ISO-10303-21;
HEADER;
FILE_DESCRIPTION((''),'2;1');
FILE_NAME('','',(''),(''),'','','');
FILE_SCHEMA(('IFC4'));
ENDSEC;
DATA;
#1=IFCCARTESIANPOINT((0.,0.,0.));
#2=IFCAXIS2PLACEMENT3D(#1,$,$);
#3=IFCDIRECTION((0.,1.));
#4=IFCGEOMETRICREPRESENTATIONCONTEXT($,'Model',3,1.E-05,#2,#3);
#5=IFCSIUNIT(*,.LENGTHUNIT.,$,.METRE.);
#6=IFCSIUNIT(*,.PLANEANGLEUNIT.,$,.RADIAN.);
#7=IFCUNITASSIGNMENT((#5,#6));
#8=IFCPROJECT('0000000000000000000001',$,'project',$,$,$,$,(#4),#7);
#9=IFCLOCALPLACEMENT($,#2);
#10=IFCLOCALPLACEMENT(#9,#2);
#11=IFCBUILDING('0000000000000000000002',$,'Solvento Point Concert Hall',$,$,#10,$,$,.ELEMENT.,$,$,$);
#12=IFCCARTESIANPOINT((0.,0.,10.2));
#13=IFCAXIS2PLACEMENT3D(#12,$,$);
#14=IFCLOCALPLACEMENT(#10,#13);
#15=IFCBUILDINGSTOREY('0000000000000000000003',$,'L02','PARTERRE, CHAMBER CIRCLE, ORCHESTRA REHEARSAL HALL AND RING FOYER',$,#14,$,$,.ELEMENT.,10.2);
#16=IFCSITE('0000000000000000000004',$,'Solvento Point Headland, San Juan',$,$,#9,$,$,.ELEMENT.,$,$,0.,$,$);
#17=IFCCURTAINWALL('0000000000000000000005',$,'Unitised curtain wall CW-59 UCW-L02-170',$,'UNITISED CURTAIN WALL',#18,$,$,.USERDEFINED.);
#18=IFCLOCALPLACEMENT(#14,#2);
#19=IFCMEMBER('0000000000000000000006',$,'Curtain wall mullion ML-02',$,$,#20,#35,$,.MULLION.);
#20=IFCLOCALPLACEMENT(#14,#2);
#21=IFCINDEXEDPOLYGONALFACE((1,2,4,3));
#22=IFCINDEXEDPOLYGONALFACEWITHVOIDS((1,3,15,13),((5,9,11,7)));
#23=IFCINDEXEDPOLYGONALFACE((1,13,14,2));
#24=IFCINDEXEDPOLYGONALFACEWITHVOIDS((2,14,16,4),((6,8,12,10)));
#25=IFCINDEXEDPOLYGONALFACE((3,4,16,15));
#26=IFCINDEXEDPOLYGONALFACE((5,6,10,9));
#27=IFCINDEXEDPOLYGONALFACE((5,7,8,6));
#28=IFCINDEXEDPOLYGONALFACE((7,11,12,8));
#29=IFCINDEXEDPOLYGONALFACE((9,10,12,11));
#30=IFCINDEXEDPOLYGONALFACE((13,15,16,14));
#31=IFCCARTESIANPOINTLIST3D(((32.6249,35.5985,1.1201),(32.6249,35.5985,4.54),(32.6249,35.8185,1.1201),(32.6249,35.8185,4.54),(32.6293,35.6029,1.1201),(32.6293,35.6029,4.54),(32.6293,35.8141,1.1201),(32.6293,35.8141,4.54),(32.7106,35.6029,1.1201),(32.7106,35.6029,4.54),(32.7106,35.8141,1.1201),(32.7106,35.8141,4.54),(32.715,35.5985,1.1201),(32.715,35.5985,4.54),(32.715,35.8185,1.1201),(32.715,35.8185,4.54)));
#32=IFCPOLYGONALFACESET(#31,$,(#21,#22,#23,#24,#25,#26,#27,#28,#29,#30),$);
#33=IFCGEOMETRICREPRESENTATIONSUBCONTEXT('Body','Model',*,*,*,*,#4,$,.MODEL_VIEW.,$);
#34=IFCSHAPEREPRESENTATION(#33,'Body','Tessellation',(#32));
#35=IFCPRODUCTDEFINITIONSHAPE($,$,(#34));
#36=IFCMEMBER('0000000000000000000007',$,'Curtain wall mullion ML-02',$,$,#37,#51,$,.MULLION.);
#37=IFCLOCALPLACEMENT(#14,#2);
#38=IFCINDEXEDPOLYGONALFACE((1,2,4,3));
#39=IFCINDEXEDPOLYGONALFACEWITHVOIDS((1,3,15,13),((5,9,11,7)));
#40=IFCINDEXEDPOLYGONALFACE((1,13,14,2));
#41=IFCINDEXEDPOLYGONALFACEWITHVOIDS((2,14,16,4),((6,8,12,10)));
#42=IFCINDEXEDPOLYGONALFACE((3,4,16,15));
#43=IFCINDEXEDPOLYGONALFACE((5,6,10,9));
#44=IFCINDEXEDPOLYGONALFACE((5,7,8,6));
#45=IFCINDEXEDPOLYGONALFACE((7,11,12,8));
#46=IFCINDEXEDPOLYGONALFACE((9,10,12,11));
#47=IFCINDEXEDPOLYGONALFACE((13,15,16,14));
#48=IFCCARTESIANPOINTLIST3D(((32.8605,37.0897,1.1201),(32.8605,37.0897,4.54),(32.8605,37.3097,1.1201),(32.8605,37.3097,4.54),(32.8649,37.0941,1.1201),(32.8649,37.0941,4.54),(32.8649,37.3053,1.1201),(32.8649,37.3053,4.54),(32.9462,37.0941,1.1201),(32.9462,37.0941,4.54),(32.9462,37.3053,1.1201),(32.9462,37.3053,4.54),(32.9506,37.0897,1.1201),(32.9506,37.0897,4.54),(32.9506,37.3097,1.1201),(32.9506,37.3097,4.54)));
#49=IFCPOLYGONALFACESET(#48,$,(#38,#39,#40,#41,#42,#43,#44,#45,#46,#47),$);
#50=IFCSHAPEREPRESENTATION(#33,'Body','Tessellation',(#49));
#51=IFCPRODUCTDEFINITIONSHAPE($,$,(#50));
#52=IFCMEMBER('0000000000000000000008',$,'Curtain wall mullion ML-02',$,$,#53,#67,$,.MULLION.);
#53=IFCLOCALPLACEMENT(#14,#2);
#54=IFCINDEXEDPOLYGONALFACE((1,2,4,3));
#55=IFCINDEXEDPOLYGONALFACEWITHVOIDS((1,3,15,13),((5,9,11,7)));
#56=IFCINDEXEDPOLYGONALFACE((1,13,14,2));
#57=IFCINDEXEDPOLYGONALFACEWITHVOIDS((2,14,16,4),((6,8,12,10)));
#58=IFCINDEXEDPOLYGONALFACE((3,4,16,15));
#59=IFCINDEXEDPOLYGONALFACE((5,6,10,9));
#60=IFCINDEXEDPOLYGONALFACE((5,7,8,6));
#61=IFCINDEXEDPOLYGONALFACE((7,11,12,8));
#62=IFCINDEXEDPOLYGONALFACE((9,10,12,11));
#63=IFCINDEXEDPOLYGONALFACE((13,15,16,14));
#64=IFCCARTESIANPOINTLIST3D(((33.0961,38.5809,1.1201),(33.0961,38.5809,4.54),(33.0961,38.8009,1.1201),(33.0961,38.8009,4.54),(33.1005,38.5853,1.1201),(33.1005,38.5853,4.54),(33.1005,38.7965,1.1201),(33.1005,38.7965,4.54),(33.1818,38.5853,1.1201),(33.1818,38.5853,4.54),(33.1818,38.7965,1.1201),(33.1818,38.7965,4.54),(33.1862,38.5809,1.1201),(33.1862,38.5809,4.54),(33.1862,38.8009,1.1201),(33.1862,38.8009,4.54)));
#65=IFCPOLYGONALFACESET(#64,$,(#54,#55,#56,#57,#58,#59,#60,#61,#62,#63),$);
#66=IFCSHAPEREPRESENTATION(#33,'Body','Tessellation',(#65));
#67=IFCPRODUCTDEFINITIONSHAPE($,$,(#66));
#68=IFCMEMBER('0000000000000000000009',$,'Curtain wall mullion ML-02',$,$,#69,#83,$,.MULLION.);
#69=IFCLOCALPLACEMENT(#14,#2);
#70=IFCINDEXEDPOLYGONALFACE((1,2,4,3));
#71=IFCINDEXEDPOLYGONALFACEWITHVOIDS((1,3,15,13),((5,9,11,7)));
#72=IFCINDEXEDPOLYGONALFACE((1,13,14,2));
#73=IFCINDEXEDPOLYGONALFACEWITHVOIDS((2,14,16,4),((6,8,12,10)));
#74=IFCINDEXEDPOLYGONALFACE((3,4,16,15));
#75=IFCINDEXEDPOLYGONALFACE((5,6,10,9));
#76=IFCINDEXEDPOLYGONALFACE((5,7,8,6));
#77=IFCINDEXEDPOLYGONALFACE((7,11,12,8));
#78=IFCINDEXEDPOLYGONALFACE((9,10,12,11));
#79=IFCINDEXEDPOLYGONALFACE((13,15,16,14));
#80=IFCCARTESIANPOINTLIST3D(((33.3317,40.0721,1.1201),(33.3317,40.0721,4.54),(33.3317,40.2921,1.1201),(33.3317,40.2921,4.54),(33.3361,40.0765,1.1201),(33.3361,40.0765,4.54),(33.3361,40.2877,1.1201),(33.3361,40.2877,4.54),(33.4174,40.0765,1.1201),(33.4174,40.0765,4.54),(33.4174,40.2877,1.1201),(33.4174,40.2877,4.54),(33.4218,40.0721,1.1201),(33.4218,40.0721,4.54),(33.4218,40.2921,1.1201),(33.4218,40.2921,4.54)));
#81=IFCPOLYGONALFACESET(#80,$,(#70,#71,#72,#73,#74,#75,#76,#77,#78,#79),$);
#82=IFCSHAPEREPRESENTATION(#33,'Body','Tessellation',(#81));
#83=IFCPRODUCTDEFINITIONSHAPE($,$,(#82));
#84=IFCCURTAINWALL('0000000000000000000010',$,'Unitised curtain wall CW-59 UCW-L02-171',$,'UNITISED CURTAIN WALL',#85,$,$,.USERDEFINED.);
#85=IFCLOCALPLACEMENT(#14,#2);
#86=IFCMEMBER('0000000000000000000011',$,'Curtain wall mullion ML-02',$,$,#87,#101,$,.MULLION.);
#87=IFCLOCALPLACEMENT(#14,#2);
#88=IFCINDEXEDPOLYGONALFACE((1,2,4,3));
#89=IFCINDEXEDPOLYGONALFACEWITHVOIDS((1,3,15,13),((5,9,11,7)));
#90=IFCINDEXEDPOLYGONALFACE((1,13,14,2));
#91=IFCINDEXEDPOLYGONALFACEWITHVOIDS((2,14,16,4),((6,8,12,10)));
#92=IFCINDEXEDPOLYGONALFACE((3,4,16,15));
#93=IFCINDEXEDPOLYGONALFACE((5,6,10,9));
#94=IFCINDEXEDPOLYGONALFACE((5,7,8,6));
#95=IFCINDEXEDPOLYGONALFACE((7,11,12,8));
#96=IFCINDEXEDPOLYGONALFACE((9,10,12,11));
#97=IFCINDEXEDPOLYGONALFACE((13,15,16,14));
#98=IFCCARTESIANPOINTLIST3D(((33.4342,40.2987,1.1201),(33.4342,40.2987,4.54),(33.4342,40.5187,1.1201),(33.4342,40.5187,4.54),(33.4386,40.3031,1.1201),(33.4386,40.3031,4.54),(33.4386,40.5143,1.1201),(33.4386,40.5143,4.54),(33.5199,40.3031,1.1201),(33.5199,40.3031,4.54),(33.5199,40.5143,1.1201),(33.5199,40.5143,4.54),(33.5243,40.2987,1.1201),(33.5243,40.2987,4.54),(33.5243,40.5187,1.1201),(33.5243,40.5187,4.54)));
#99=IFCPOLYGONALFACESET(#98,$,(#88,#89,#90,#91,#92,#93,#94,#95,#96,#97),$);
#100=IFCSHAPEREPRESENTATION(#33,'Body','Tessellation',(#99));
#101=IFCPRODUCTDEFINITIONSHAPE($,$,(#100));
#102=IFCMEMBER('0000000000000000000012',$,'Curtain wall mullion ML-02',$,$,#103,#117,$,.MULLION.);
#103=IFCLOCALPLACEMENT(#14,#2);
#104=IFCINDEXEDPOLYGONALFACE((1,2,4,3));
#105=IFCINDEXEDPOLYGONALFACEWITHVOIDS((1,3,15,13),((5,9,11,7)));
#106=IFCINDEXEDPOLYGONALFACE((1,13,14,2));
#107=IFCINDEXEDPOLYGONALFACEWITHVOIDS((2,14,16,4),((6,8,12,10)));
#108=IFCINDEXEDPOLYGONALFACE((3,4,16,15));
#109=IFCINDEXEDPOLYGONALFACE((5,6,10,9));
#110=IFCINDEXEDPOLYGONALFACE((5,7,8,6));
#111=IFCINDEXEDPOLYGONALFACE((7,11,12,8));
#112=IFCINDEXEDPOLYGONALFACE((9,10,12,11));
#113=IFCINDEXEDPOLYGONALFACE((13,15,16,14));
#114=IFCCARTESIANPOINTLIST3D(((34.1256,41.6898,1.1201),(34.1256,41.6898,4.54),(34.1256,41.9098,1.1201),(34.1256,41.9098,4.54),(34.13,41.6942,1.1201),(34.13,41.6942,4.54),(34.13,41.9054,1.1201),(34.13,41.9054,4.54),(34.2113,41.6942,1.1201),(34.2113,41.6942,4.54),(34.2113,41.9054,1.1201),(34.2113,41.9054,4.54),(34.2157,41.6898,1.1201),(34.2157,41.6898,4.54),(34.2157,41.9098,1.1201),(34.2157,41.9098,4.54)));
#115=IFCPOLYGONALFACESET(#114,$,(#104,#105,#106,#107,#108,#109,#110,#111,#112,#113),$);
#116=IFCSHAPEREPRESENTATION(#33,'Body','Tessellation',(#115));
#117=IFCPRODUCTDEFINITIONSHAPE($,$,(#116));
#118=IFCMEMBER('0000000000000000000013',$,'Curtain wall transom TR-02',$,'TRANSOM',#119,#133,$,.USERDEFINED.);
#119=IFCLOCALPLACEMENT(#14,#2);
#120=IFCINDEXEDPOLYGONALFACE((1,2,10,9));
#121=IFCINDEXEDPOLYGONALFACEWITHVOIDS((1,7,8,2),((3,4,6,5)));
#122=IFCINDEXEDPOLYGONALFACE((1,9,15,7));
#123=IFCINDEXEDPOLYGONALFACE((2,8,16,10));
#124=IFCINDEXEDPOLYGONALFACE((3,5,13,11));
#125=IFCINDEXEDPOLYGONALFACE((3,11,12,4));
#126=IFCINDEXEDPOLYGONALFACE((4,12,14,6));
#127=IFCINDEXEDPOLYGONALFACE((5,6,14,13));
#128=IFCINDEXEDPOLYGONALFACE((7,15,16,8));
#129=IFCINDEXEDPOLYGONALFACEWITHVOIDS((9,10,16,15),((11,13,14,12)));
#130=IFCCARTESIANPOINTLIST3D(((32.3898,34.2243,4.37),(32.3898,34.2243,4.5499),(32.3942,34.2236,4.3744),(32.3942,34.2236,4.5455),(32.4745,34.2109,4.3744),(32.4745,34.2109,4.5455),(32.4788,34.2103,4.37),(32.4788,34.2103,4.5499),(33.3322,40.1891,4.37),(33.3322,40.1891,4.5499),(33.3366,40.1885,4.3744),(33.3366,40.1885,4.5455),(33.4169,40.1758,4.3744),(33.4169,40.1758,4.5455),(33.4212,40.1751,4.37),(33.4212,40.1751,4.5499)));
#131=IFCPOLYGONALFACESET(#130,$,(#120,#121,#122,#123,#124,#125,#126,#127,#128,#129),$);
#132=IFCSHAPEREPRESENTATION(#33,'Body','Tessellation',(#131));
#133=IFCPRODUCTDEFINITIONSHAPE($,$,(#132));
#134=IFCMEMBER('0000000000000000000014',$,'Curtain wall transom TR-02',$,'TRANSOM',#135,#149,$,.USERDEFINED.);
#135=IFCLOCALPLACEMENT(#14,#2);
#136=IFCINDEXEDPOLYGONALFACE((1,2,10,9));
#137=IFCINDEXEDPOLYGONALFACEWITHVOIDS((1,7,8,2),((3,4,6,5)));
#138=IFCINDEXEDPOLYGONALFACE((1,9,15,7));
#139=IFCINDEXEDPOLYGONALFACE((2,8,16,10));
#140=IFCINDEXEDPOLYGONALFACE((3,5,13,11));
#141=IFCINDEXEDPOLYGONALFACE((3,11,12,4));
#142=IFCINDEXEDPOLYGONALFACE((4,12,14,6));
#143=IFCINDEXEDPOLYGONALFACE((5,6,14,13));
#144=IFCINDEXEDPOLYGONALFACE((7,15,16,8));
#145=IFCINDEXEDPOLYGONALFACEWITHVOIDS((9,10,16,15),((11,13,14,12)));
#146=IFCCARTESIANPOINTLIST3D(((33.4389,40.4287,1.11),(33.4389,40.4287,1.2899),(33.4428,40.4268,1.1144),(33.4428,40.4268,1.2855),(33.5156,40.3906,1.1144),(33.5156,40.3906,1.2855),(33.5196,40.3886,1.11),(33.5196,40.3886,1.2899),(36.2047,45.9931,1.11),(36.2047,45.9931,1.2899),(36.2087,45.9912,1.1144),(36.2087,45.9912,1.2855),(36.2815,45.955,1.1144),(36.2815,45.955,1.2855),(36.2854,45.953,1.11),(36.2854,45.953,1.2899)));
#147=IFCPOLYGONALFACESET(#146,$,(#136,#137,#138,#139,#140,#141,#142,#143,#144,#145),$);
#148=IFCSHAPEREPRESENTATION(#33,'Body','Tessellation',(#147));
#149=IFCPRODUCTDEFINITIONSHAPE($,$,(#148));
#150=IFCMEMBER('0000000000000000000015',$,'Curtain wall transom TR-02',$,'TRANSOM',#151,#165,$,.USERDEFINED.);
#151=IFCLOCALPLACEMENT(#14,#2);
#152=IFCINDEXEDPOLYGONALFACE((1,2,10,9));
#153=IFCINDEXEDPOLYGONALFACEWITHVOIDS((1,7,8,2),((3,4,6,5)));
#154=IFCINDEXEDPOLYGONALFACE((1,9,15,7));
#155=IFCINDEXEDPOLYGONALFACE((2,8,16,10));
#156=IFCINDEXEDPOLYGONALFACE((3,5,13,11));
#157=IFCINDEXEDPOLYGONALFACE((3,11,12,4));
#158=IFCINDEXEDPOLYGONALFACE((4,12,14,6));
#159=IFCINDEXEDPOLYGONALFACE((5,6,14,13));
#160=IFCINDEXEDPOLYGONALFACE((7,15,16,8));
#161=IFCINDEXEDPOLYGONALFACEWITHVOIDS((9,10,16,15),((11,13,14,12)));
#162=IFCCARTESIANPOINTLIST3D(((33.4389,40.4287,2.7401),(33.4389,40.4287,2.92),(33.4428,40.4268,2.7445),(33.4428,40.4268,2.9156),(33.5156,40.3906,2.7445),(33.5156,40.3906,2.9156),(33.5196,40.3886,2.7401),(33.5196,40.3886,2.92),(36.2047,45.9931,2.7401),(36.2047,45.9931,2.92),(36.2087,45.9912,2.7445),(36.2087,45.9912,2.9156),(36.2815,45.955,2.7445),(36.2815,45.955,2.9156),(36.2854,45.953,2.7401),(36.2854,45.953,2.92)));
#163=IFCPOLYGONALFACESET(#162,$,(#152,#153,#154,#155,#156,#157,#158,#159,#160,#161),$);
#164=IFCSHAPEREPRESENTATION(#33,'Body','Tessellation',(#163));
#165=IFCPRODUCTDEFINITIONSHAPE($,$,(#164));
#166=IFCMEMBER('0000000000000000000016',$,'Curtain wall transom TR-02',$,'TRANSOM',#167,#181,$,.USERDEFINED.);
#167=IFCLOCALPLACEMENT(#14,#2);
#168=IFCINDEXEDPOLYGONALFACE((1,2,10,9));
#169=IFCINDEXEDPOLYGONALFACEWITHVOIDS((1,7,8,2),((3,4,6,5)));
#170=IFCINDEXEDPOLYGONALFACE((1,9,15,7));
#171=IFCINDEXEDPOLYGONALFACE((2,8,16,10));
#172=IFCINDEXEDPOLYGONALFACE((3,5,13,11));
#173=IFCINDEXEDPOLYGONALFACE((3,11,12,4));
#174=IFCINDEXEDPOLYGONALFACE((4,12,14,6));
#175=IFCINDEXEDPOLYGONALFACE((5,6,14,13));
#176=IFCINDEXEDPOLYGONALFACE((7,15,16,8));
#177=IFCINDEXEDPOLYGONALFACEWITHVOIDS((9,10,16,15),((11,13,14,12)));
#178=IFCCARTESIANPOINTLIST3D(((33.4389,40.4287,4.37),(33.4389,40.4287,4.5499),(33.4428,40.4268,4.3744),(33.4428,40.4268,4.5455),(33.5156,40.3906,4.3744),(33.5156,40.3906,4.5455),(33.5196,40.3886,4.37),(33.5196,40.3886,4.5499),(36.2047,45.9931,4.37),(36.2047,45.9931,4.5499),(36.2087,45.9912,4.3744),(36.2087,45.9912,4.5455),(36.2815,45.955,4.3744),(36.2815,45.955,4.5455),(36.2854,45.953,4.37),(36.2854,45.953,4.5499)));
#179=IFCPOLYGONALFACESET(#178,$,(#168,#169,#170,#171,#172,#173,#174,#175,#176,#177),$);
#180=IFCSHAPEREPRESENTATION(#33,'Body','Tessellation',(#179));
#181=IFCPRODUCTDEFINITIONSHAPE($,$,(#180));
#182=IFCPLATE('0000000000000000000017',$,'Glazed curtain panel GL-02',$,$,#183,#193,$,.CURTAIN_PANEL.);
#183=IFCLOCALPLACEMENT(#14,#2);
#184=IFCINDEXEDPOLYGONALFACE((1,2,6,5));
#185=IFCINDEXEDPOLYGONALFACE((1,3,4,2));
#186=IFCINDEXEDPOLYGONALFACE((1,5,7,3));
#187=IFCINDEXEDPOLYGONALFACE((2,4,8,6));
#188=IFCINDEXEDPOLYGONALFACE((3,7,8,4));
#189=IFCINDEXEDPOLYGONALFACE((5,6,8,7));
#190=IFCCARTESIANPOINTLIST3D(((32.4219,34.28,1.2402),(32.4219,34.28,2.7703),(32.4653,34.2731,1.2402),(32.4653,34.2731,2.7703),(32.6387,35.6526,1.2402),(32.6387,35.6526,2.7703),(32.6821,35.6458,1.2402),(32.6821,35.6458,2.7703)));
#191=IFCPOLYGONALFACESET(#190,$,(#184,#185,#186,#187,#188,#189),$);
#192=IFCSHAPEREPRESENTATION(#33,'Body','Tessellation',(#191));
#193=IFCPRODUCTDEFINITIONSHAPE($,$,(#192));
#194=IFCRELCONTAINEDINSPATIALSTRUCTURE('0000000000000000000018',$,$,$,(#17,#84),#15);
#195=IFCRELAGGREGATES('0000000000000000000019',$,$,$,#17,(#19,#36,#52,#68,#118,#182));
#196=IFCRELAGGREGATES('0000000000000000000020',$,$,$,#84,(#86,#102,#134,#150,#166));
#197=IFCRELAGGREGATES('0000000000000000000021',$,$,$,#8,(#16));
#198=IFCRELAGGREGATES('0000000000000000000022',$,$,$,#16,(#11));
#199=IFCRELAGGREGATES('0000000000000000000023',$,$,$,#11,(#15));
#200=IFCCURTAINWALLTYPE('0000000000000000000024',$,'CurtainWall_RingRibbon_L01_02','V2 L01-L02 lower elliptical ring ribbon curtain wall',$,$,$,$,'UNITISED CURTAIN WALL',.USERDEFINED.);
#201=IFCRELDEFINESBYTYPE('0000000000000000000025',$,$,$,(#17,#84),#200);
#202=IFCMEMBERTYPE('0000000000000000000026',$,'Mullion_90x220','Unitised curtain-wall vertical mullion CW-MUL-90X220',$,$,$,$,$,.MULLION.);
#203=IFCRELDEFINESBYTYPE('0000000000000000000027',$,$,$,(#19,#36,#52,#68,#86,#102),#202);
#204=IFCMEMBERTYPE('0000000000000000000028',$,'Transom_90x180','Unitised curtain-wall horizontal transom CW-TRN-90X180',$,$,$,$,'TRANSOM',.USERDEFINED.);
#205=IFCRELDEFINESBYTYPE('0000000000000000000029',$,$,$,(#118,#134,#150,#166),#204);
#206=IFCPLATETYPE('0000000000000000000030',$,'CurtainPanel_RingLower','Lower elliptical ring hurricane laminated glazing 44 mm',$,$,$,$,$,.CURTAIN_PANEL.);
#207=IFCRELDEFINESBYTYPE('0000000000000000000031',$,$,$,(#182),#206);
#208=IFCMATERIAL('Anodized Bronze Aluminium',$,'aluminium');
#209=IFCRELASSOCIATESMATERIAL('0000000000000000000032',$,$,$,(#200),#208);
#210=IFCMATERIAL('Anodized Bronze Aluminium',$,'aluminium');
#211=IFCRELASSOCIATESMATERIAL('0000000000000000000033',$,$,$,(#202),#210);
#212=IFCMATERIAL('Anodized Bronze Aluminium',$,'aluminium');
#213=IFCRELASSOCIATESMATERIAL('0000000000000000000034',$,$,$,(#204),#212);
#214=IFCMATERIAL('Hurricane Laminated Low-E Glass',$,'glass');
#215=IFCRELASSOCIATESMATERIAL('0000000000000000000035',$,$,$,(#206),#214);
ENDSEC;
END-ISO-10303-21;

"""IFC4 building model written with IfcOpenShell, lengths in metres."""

from ifc_helpers import new_model, si_unit, direction, frame, origin, origin_2d, place, context, subcontext, project, spatial, rectangle, hollow_rectangle, extrude, material, material_profile, profile_set, type_object, element, aggregate, save


model = new_model("IFC4")

# Units and contexts
model_context = context("Model", 3, precision=1e-05, world=origin(), true_north=direction((0.0, 1.0)))
body_context = subcontext(model_context, "Body", "Model", "MODEL_VIEW")
ifc_project = project(units=[si_unit("LENGTHUNIT", "METRE"), si_unit("PLANEANGLEUNIT", "RADIAN")], contexts=[model_context])

# Site, building, storey
site_placement = place(None, origin())
site = spatial("IfcSite", under=ifc_project, at=site_placement, Name="Solvento Point Headland, San Juan", CompositionType="ELEMENT", RefElevation=0.0)
building_placement = place(site_placement, origin())
building = spatial("IfcBuilding", under=site, at=building_placement, Name="Solvento Point Concert Hall", CompositionType="ELEMENT")
storey_placement = place(building_placement, frame((0.0, 0.0, 10.2)))
storey = spatial("IfcBuildingStorey", under=building, at=storey_placement, Name="L02", Description="PARTERRE, CHAMBER CIRCLE, ORCHESTRA REHEARSAL HALL AND RING FOYER", CompositionType="ELEMENT", Elevation=10.2)

# Curtain walls, members
ifc_material_1 = material(Name="Anodized Bronze Aluminium", Category="aluminium")
curtain_wall_type = type_object("IfcCurtainWallType", Name="CurtainWall_RingRibbon_L01_02", Description="V2 L01-L02 lower elliptical ring ribbon curtain wall", ElementType="UNITISED CURTAIN WALL", PredefinedType="USERDEFINED", material=ifc_material_1)
curtain_wall_1_placement = place(storey_placement, origin())
curtain_wall_1 = element("IfcCurtainWall", 1, at=curtain_wall_1_placement, inside=storey, type_object=curtain_wall_type, Name="Unitised curtain wall CW-59 UCW-L02-170", ObjectType="UNITISED CURTAIN WALL", PredefinedType="USERDEFINED")
ifc_material_2 = material(Name="Anodized Bronze Aluminium", Category="aluminium")
ifc_material_profile_1 = material_profile(ifc_material_2, hollow_rectangle(XDim=0.0901, YDim=0.22, WallThickness=0.0044, at=origin_2d()), Name="CW-MUL-90X220")
ifc_profile_set_1 = profile_set([ifc_material_profile_1], Name="Anodized Bronze Aluminium")
member_type_1 = type_object("IfcMemberType", Name="Mullion_90x220", Description="Unitised curtain-wall vertical mullion CW-MUL-90X220", PredefinedType="MULLION", material=ifc_profile_set_1)
member_1_placement = place(storey_placement, frame((32.6699, 35.7085, 1.1201), z_axis=(0.0, 0.0, 1.0), x_axis=(1.0, 0.0, 0.0)))
member_1 = element("IfcMember", 2, at=member_1_placement, type_object=member_type_1, Name="Curtain wall mullion ML-02", PredefinedType="MULLION", context=body_context, shape_type="SweptSolid", body=[
    extrude(hollow_rectangle(XDim=0.0901, YDim=0.22, WallThickness=0.0044, at=origin_2d()), origin(), (0.0, 0.0, 1.0), 3.4199),
])
member_2_placement = place(storey_placement, frame((32.9055, 37.1997, 1.1201), z_axis=(0.0, 0.0, 1.0), x_axis=(1.0, 0.0, 0.0)))
member_2 = element("IfcMember", 3, at=member_2_placement, type_object=member_type_1, Name="Curtain wall mullion ML-02", PredefinedType="MULLION", context=body_context, shape_type="SweptSolid", body=[
    extrude(hollow_rectangle(XDim=0.0901, YDim=0.22, WallThickness=0.0044, at=origin_2d()), origin(), (0.0, 0.0, 1.0), 3.4199),
])
member_3_placement = place(storey_placement, frame((33.1411, 38.6909, 1.1201), z_axis=(0.0, 0.0, 1.0), x_axis=(1.0, 0.0, 0.0)))
member_3 = element("IfcMember", 4, at=member_3_placement, type_object=member_type_1, Name="Curtain wall mullion ML-02", PredefinedType="MULLION", context=body_context, shape_type="SweptSolid", body=[
    extrude(hollow_rectangle(XDim=0.0901, YDim=0.22, WallThickness=0.0044, at=origin_2d()), origin(), (0.0, 0.0, 1.0), 3.4199),
])
member_4_placement = place(storey_placement, frame((33.3767, 40.1821, 1.1201), z_axis=(0.0, 0.0, 1.0), x_axis=(1.0, 0.0, 0.0)))
member_4 = element("IfcMember", 5, at=member_4_placement, type_object=member_type_1, Name="Curtain wall mullion ML-02", PredefinedType="MULLION", context=body_context, shape_type="SweptSolid", body=[
    extrude(hollow_rectangle(XDim=0.0901, YDim=0.22, WallThickness=0.0044, at=origin_2d()), origin(), (0.0, 0.0, 1.0), 3.4199),
])
curtain_wall_2_placement = place(storey_placement, origin())
curtain_wall_2 = element("IfcCurtainWall", 6, at=curtain_wall_2_placement, inside=storey, type_object=curtain_wall_type, Name="Unitised curtain wall CW-59 UCW-L02-171", ObjectType="UNITISED CURTAIN WALL", PredefinedType="USERDEFINED")
member_5_placement = place(storey_placement, frame((33.4792, 40.4087, 1.1201), z_axis=(0.0, 0.0, 1.0), x_axis=(1.0, 0.0, 0.0)))
member_5 = element("IfcMember", 7, at=member_5_placement, type_object=member_type_1, Name="Curtain wall mullion ML-02", PredefinedType="MULLION", context=body_context, shape_type="SweptSolid", body=[
    extrude(hollow_rectangle(XDim=0.0901, YDim=0.22, WallThickness=0.0044, at=origin_2d()), origin(), (0.0, 0.0, 1.0), 3.4199),
])
member_6_placement = place(storey_placement, frame((34.1707, 41.7998, 1.1201), z_axis=(0.0, 0.0, 1.0), x_axis=(1.0, 0.0, 0.0)))
member_6 = element("IfcMember", 8, at=member_6_placement, type_object=member_type_1, Name="Curtain wall mullion ML-02", PredefinedType="MULLION", context=body_context, shape_type="SweptSolid", body=[
    extrude(hollow_rectangle(XDim=0.0901, YDim=0.22, WallThickness=0.0044, at=origin_2d()), origin(), (0.0, 0.0, 1.0), 3.4199),
])

# Members
ifc_material_3 = material(Name="Anodized Bronze Aluminium", Category="aluminium")
ifc_material_profile_2 = material_profile(ifc_material_3, hollow_rectangle(XDim=0.0901, YDim=0.1799, WallThickness=0.0044, at=origin_2d()), Name="CW-TRN-90X180")
ifc_profile_set_2 = profile_set([ifc_material_profile_2], Name="Anodized Bronze Aluminium")
member_type_2 = type_object("IfcMemberType", Name="Transom_90x180", Description="Unitised curtain-wall horizontal transom CW-TRN-90X180", ElementType="TRANSOM", PredefinedType="USERDEFINED", material=ifc_profile_set_2)
member_7_placement = place(storey_placement, frame((32.4343, 34.2173, 4.46), z_axis=(0.156054, 0.987749, 0.0), x_axis=(-0.987749, 0.156054, 0.0)))
member_7 = element("IfcMember", 9, at=member_7_placement, type_object=member_type_2, Name="Curtain wall transom TR-02", ObjectType="TRANSOM", PredefinedType="USERDEFINED", context=body_context, shape_type="SweptSolid", body=[
    extrude(hollow_rectangle(XDim=0.0901, YDim=0.1799, WallThickness=0.0044, at=origin_2d()), origin(), (0.0, 0.0, 1.0), 6.0388),
])
member_8_placement = place(storey_placement, frame((33.4792, 40.4087, 1.2), z_axis=(0.445106, 0.895478, 0.0), x_axis=(-0.895478, 0.445106, 0.0)))
member_8 = element("IfcMember", 10, at=member_8_placement, type_object=member_type_2, Name="Curtain wall transom TR-02", ObjectType="TRANSOM", PredefinedType="USERDEFINED", context=body_context, shape_type="SweptSolid", body=[
    extrude(hollow_rectangle(XDim=0.0901, YDim=0.1799, WallThickness=0.0044, at=origin_2d()), origin(), (0.0, 0.0, 1.0), 6.2139),
])
member_9_placement = place(storey_placement, frame((33.4792, 40.4087, 2.8301), z_axis=(0.445106, 0.895478, 0.0), x_axis=(-0.895478, 0.445106, 0.0)))
member_9 = element("IfcMember", 11, at=member_9_placement, type_object=member_type_2, Name="Curtain wall transom TR-02", ObjectType="TRANSOM", PredefinedType="USERDEFINED", context=body_context, shape_type="SweptSolid", body=[
    extrude(hollow_rectangle(XDim=0.0901, YDim=0.1799, WallThickness=0.0044, at=origin_2d()), origin(), (0.0, 0.0, 1.0), 6.2139),
])
member_10_placement = place(storey_placement, frame((33.4792, 40.4087, 4.46), z_axis=(0.445106, 0.895478, 0.0), x_axis=(-0.895478, 0.445106, 0.0)))
member_10 = element("IfcMember", 12, at=member_10_placement, type_object=member_type_2, Name="Curtain wall transom TR-02", ObjectType="TRANSOM", PredefinedType="USERDEFINED", context=body_context, shape_type="SweptSolid", body=[
    extrude(hollow_rectangle(XDim=0.0901, YDim=0.1799, WallThickness=0.0044, at=origin_2d()), origin(), (0.0, 0.0, 1.0), 6.2139),
])

# Plate
ifc_material_4 = material(Name="Hurricane Laminated Low-E Glass", Category="glass")
plate_type = type_object("IfcPlateType", Name="CurtainPanel_RingLower", Description="Lower elliptical ring hurricane laminated glazing 44 mm", PredefinedType="CURTAIN_PANEL", material=ifc_material_4)
plate_1_placement = place(storey_placement, frame((32.552, 34.9629, 1.2402), z_axis=(0.0, 0.0, 1.0), x_axis=(0.156041, 0.987751, 0.0)))
plate_1 = element("IfcPlate", 13, at=plate_1_placement, type_object=plate_type, Name="Glazed curtain panel GL-02", PredefinedType="CURTAIN_PANEL", context=body_context, shape_type="SweptSolid", body=[
    extrude(rectangle(XDim=1.3896, YDim=0.0439, at=origin_2d()), origin(), (0.0, 0.0, 1.0), 1.53),
])
aggregate(curtain_wall_1, [member_1, member_2, member_3, member_4, member_7, plate_1])
aggregate(curtain_wall_2, [member_5, member_6, member_8, member_9, member_10])

save(model, "model.ifc")
